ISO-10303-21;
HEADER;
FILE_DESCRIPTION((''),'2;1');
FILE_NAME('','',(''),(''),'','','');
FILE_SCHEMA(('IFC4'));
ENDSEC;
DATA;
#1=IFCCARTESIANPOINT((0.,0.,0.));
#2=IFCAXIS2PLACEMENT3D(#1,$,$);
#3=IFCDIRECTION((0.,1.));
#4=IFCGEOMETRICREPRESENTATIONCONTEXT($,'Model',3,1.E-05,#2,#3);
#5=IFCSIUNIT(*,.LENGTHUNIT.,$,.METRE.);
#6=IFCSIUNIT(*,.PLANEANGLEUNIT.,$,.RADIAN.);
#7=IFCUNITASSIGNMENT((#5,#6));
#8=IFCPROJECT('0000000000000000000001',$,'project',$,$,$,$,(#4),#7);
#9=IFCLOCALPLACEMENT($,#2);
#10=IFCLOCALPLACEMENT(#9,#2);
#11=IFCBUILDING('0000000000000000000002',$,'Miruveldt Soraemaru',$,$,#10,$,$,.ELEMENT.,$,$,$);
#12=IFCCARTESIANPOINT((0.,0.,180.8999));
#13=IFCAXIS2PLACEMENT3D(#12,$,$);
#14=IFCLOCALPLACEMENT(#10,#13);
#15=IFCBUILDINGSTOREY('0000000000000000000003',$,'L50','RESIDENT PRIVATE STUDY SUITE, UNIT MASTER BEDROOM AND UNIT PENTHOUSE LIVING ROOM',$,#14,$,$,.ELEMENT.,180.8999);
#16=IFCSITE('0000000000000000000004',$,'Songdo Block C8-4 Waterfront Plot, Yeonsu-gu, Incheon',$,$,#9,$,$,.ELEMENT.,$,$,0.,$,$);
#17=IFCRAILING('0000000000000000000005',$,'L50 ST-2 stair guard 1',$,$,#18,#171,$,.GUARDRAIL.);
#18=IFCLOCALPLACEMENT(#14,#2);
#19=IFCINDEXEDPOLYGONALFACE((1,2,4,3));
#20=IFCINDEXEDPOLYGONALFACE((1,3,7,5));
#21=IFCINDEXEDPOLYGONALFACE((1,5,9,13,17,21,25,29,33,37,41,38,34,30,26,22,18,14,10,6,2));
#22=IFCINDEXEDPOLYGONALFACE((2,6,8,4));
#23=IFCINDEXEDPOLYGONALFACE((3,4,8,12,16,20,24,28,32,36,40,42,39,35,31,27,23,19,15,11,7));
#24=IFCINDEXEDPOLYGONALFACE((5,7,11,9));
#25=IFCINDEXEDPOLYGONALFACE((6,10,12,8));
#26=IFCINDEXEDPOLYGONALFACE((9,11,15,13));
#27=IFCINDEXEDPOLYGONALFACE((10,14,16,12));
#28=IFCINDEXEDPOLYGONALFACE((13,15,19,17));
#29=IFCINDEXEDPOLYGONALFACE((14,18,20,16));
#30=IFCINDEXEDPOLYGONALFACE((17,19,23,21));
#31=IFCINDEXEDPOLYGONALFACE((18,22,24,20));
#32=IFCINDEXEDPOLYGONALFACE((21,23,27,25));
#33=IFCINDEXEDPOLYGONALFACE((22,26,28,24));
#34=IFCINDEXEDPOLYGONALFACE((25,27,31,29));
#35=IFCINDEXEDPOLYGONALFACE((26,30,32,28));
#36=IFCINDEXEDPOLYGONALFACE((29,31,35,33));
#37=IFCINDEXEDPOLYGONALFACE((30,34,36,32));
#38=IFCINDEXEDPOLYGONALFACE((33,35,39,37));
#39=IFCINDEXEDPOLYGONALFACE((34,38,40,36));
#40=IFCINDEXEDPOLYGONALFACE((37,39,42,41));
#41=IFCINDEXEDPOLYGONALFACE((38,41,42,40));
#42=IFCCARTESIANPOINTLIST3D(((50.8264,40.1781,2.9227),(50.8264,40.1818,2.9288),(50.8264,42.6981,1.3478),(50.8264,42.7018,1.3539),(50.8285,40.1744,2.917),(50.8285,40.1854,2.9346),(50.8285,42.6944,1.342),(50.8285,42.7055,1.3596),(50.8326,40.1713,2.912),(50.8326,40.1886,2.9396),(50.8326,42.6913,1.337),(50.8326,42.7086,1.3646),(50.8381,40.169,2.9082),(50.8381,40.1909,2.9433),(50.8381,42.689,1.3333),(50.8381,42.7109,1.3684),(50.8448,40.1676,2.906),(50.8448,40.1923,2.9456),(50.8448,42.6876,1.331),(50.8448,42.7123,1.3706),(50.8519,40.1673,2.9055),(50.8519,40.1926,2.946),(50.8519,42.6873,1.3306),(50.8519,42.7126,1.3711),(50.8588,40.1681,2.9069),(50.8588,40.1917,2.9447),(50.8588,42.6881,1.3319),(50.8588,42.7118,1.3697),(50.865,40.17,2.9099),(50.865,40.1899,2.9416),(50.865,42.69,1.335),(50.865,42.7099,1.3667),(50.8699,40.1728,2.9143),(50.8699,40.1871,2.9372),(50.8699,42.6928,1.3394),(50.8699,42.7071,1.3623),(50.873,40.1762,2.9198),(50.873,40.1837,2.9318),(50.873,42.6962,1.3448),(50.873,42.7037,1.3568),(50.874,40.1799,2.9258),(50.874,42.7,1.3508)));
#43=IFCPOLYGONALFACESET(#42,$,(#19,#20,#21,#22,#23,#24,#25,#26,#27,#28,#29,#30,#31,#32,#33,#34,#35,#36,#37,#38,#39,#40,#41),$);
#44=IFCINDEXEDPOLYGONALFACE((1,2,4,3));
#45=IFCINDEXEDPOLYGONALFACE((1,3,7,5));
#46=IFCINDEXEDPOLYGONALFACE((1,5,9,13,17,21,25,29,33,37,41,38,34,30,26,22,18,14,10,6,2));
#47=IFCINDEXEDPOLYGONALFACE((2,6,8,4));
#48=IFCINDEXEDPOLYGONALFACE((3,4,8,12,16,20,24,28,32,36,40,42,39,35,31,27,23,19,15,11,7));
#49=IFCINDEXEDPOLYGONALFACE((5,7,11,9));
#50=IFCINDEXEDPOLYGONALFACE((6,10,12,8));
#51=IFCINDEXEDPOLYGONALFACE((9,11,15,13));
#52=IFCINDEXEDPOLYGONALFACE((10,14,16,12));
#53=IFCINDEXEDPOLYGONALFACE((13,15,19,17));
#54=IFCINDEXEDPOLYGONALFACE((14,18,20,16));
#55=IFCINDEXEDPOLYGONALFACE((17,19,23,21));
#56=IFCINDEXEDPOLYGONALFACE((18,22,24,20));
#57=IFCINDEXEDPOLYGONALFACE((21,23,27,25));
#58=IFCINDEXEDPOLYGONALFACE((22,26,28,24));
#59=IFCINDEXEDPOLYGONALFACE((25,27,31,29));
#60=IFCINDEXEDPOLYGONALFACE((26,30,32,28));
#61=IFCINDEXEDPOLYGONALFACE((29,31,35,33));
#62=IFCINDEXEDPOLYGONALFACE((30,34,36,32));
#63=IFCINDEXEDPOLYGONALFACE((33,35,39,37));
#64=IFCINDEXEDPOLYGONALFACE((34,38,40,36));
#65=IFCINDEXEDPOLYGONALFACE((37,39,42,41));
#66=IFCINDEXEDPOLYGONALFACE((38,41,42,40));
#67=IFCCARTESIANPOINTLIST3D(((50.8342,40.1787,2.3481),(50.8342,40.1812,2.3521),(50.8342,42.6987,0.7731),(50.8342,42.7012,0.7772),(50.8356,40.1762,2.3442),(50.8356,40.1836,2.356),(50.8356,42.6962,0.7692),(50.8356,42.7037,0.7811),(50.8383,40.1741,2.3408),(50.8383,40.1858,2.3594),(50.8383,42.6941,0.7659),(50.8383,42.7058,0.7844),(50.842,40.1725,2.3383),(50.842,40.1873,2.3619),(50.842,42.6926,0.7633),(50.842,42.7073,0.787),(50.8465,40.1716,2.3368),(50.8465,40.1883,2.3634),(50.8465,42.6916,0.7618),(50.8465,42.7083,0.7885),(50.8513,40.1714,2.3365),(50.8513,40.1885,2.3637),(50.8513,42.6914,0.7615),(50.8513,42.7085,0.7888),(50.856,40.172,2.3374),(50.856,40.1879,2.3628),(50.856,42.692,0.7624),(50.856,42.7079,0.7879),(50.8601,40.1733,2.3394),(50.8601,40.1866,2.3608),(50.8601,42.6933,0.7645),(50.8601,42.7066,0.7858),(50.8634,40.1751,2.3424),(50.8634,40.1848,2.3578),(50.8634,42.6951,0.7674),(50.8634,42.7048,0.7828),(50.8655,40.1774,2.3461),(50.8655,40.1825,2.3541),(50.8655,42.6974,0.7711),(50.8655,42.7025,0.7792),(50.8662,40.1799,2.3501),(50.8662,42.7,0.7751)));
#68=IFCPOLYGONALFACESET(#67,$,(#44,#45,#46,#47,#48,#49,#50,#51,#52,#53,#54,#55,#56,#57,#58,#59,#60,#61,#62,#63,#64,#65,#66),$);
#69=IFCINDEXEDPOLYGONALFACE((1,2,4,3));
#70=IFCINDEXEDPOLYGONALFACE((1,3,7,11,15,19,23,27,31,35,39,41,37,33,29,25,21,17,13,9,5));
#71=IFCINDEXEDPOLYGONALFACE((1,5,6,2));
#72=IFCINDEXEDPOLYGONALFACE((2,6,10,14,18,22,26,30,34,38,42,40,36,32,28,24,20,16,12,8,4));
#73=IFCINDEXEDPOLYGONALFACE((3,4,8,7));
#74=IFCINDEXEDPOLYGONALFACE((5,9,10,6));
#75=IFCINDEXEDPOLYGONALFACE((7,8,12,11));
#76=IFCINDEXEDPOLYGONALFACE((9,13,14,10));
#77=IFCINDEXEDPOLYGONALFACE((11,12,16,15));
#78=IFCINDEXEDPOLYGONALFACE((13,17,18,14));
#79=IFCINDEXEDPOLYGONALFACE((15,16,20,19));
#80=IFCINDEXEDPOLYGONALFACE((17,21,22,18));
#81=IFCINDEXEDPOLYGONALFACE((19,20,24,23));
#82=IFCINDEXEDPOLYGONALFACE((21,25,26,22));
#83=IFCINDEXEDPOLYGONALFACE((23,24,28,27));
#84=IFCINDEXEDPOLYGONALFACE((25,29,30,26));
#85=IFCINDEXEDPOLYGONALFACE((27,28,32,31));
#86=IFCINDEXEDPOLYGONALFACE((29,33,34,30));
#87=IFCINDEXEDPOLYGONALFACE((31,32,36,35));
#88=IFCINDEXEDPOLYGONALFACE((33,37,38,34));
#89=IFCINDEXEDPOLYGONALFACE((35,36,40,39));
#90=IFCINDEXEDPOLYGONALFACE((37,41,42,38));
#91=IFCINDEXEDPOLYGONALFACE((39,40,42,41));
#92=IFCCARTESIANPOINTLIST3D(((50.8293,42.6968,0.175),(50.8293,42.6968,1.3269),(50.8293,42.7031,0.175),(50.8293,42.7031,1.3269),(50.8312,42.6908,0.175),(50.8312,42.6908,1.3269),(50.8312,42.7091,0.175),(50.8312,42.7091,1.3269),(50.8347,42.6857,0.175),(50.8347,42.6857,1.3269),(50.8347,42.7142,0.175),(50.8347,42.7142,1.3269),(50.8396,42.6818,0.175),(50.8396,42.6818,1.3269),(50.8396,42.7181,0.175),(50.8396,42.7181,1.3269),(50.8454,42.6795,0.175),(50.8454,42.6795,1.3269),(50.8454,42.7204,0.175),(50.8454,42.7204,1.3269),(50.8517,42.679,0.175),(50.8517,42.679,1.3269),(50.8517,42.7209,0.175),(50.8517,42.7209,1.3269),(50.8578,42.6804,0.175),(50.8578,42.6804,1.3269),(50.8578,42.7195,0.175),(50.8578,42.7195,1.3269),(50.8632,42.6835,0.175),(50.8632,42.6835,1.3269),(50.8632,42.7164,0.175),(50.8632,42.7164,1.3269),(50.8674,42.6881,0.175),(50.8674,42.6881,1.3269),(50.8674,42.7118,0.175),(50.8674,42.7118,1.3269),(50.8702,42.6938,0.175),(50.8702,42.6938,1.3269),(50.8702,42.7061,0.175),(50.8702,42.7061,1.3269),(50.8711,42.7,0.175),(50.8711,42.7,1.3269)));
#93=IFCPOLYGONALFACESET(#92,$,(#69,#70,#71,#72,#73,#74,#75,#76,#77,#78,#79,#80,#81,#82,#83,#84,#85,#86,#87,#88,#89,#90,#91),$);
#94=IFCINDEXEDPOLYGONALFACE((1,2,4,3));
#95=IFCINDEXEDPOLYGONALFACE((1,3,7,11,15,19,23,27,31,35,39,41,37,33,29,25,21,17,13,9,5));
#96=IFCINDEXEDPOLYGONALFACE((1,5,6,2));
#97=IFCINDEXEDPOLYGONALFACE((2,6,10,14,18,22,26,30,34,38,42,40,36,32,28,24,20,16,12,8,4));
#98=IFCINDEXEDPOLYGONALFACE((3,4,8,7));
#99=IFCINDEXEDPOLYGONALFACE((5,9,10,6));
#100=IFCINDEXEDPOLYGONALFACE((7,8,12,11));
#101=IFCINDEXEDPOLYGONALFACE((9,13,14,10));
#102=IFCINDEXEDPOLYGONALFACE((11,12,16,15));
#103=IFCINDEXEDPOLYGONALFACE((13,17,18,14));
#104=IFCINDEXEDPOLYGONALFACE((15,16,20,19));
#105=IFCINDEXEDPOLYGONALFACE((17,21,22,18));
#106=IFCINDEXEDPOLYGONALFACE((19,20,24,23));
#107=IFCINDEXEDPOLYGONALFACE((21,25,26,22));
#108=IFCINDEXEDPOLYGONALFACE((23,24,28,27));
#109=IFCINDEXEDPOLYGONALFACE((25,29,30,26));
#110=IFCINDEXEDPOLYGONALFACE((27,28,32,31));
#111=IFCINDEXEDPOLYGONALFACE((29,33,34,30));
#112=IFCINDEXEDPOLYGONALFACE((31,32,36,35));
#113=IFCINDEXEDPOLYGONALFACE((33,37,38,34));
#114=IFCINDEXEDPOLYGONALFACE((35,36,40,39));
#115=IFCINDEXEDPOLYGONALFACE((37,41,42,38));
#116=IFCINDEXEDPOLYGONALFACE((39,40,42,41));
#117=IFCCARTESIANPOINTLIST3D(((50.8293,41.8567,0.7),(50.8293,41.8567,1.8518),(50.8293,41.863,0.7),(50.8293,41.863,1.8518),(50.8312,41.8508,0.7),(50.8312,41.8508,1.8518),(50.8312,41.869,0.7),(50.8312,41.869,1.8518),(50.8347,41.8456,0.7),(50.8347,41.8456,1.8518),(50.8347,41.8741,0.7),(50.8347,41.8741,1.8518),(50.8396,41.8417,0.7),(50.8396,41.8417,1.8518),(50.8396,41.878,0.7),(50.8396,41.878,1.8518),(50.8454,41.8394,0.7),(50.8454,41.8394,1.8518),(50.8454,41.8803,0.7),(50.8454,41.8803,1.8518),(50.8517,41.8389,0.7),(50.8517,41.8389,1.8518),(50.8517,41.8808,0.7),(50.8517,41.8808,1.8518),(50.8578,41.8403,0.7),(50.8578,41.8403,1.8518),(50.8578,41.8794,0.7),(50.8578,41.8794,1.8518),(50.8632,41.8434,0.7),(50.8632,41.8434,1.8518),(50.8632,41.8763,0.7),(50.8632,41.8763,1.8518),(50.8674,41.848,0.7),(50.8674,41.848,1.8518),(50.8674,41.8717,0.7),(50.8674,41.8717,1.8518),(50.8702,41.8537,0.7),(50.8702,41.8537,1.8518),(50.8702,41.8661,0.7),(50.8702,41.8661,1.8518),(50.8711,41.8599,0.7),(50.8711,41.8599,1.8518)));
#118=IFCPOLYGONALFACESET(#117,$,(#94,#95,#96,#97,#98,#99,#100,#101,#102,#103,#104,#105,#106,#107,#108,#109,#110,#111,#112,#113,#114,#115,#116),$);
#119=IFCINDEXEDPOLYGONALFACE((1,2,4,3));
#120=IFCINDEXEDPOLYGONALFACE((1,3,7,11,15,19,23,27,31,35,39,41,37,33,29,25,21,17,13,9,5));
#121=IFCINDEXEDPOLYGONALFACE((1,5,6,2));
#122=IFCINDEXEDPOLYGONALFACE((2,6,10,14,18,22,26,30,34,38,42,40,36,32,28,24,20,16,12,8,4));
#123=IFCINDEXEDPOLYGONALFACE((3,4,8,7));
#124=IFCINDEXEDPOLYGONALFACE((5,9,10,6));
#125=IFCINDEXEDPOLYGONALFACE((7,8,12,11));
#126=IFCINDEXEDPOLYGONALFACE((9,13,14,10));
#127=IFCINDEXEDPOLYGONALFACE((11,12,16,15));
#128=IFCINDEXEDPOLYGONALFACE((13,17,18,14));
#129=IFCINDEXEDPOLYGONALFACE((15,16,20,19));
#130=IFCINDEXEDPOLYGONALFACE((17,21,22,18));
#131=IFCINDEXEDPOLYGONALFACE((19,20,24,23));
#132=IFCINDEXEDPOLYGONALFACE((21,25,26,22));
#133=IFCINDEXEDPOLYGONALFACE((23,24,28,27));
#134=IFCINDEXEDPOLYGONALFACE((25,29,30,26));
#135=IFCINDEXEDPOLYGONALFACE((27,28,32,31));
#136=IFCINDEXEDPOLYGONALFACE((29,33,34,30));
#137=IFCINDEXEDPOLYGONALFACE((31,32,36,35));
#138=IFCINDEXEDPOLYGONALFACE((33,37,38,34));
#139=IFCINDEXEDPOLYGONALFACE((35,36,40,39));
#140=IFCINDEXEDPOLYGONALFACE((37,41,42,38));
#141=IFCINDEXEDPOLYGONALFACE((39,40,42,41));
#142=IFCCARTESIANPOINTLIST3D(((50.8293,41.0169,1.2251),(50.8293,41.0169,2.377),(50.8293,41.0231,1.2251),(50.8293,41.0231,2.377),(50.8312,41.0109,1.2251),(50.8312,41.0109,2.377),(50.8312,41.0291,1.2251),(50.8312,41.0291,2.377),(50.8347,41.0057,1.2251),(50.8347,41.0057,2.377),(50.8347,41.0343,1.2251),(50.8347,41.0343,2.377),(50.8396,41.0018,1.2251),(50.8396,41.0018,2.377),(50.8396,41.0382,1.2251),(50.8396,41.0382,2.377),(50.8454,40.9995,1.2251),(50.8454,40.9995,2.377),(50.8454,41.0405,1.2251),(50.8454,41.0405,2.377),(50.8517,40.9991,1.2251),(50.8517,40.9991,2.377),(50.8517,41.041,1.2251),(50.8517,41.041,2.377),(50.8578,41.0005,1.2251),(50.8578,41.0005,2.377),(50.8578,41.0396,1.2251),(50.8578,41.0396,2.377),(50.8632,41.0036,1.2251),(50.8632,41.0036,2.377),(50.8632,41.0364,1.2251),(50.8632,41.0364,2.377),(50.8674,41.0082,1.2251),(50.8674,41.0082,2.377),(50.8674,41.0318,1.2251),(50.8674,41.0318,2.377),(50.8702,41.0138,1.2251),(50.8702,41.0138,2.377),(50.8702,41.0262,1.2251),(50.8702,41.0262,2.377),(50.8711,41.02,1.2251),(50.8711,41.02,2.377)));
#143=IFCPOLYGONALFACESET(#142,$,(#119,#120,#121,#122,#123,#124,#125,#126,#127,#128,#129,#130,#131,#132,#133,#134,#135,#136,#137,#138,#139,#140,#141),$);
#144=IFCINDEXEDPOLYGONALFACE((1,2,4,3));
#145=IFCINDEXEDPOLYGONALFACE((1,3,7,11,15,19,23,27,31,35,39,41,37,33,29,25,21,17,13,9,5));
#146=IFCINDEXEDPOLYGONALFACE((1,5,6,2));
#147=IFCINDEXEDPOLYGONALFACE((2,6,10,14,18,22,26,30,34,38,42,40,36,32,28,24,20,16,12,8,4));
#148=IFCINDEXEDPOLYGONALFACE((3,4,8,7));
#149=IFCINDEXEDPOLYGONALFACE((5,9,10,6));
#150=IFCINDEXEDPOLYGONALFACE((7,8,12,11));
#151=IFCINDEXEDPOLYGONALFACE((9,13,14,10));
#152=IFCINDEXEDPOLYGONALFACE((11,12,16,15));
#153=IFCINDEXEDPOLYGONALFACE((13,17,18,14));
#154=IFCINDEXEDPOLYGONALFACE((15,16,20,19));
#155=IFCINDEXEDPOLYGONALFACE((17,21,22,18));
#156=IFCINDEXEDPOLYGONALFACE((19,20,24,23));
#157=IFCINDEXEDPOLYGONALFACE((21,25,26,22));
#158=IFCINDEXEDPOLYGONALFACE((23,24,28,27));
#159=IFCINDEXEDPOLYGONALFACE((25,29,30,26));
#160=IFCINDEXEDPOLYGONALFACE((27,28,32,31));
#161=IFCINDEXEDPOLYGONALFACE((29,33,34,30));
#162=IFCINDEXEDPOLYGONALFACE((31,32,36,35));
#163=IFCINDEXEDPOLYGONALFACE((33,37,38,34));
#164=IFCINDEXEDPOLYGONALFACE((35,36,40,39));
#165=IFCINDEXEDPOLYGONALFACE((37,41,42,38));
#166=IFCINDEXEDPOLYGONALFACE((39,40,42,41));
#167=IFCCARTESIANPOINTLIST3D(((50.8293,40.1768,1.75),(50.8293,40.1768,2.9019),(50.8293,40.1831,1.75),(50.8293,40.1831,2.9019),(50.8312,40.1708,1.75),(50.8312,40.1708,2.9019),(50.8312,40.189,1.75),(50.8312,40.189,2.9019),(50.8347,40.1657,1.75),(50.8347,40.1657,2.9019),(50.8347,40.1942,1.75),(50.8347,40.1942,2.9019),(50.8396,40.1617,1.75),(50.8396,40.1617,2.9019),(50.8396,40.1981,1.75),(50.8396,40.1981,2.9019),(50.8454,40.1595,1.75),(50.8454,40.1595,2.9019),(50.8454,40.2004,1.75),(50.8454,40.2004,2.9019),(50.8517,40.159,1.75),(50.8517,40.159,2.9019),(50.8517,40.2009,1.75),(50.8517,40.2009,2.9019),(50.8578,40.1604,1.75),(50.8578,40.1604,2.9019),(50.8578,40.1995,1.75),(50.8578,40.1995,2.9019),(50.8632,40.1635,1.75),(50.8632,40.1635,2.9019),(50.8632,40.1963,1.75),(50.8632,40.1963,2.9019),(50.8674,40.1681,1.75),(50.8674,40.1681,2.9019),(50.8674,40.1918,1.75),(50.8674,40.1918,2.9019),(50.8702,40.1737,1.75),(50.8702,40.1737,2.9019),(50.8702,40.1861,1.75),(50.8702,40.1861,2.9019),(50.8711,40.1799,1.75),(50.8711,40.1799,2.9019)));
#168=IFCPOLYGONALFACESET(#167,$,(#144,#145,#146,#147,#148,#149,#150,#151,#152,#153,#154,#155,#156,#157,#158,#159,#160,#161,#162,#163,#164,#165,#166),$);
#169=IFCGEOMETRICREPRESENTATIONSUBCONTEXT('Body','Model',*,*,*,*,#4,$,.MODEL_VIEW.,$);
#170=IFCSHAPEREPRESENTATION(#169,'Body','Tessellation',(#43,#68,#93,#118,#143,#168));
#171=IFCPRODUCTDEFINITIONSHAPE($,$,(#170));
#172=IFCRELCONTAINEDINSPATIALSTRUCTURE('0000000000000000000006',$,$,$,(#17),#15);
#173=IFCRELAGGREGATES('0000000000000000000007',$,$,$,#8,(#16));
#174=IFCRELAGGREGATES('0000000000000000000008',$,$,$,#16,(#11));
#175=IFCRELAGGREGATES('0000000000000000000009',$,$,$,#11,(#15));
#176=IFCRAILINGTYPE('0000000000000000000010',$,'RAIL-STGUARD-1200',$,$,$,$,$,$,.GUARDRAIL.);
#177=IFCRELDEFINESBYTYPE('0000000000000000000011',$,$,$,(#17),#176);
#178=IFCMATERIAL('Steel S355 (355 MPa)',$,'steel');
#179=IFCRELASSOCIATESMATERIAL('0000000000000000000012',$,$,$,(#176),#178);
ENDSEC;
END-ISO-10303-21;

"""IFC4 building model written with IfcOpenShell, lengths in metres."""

from ifc_helpers import new_model, si_unit, direction, frame, origin, origin_2d, place, context, subcontext, project, spatial, circle, extrude, material, type_object, element, save


model = new_model("IFC4")

# Units and contexts
model_context = context("Model", 3, precision=1e-05, world=origin(), true_north=direction((0.0, 1.0)))
body_context = subcontext(model_context, "Body", "Model", "MODEL_VIEW")
ifc_project = project(units=[si_unit("LENGTHUNIT", "METRE"), si_unit("PLANEANGLEUNIT", "RADIAN")], contexts=[model_context])

# Site, building, storey
site_placement = place(None, origin())
site = spatial("IfcSite", under=ifc_project, at=site_placement, Name="Songdo Block C8-4 Waterfront Plot, Yeonsu-gu, Incheon", CompositionType="ELEMENT", RefElevation=0.0)
building_placement = place(site_placement, origin())
building = spatial("IfcBuilding", under=site, at=building_placement, Name="Miruveldt Soraemaru", CompositionType="ELEMENT")
storey_placement = place(building_placement, frame((0.0, 0.0, 180.8999)))
storey = spatial("IfcBuildingStorey", under=building, at=storey_placement, Name="L50", Description="RESIDENT PRIVATE STUDY SUITE, UNIT MASTER BEDROOM AND UNIT PENTHOUSE LIVING ROOM", CompositionType="ELEMENT", Elevation=180.8999)

# Railing
ifc_material_1 = material(Name="Steel S355 (355 MPa)", Category="steel")
railing_type_1 = type_object("IfcRailingType", Name="RAIL-STGUARD-1200", PredefinedType="GUARDRAIL", material=ifc_material_1)
railing_1_placement = place(storey_placement, frame((50.8501, 42.7, 0.175)))
element("IfcRailing", 1, at=railing_1_placement, inside=storey, type_object=railing_type_1, Name="L50 ST-2 stair guard 1", PredefinedType="GUARDRAIL", context=body_context, shape_type="SweptSolid", body=[
    extrude(circle(Radius=0.0239, at=origin_2d()), frame((0.0, 0.0, 1.1758), z_axis=(0.0, -0.848008, 0.529984), x_axis=(1.0, 0.0, 0.0)), (0.0, 0.0, 1.0), 2.9717),
    extrude(circle(Radius=0.0161, at=origin_2d()), frame((0.0, 0.0, 0.6001), z_axis=(0.0, -0.848008, 0.529984), x_axis=(1.0, 0.0, 0.0)), (0.0, 0.0, 1.0), 2.9717),
    extrude(circle(Radius=0.021, at=origin_2d()), origin(), (0.0, 0.0, 1.0), 1.1519),
    extrude(circle(Radius=0.021, at=origin_2d()), frame((0.0, -0.8401, 0.5249)), (0.0, 0.0, 1.0), 1.1519),
    extrude(circle(Radius=0.021, at=origin_2d()), frame((0.0, -1.6799, 1.05)), (0.0, 0.0, 1.0), 1.1519),
    extrude(circle(Radius=0.021, at=origin_2d()), frame((0.0, -2.52, 1.575)), (0.0, 0.0, 1.0), 1.1519),
])

save(model, "model.ifc")
